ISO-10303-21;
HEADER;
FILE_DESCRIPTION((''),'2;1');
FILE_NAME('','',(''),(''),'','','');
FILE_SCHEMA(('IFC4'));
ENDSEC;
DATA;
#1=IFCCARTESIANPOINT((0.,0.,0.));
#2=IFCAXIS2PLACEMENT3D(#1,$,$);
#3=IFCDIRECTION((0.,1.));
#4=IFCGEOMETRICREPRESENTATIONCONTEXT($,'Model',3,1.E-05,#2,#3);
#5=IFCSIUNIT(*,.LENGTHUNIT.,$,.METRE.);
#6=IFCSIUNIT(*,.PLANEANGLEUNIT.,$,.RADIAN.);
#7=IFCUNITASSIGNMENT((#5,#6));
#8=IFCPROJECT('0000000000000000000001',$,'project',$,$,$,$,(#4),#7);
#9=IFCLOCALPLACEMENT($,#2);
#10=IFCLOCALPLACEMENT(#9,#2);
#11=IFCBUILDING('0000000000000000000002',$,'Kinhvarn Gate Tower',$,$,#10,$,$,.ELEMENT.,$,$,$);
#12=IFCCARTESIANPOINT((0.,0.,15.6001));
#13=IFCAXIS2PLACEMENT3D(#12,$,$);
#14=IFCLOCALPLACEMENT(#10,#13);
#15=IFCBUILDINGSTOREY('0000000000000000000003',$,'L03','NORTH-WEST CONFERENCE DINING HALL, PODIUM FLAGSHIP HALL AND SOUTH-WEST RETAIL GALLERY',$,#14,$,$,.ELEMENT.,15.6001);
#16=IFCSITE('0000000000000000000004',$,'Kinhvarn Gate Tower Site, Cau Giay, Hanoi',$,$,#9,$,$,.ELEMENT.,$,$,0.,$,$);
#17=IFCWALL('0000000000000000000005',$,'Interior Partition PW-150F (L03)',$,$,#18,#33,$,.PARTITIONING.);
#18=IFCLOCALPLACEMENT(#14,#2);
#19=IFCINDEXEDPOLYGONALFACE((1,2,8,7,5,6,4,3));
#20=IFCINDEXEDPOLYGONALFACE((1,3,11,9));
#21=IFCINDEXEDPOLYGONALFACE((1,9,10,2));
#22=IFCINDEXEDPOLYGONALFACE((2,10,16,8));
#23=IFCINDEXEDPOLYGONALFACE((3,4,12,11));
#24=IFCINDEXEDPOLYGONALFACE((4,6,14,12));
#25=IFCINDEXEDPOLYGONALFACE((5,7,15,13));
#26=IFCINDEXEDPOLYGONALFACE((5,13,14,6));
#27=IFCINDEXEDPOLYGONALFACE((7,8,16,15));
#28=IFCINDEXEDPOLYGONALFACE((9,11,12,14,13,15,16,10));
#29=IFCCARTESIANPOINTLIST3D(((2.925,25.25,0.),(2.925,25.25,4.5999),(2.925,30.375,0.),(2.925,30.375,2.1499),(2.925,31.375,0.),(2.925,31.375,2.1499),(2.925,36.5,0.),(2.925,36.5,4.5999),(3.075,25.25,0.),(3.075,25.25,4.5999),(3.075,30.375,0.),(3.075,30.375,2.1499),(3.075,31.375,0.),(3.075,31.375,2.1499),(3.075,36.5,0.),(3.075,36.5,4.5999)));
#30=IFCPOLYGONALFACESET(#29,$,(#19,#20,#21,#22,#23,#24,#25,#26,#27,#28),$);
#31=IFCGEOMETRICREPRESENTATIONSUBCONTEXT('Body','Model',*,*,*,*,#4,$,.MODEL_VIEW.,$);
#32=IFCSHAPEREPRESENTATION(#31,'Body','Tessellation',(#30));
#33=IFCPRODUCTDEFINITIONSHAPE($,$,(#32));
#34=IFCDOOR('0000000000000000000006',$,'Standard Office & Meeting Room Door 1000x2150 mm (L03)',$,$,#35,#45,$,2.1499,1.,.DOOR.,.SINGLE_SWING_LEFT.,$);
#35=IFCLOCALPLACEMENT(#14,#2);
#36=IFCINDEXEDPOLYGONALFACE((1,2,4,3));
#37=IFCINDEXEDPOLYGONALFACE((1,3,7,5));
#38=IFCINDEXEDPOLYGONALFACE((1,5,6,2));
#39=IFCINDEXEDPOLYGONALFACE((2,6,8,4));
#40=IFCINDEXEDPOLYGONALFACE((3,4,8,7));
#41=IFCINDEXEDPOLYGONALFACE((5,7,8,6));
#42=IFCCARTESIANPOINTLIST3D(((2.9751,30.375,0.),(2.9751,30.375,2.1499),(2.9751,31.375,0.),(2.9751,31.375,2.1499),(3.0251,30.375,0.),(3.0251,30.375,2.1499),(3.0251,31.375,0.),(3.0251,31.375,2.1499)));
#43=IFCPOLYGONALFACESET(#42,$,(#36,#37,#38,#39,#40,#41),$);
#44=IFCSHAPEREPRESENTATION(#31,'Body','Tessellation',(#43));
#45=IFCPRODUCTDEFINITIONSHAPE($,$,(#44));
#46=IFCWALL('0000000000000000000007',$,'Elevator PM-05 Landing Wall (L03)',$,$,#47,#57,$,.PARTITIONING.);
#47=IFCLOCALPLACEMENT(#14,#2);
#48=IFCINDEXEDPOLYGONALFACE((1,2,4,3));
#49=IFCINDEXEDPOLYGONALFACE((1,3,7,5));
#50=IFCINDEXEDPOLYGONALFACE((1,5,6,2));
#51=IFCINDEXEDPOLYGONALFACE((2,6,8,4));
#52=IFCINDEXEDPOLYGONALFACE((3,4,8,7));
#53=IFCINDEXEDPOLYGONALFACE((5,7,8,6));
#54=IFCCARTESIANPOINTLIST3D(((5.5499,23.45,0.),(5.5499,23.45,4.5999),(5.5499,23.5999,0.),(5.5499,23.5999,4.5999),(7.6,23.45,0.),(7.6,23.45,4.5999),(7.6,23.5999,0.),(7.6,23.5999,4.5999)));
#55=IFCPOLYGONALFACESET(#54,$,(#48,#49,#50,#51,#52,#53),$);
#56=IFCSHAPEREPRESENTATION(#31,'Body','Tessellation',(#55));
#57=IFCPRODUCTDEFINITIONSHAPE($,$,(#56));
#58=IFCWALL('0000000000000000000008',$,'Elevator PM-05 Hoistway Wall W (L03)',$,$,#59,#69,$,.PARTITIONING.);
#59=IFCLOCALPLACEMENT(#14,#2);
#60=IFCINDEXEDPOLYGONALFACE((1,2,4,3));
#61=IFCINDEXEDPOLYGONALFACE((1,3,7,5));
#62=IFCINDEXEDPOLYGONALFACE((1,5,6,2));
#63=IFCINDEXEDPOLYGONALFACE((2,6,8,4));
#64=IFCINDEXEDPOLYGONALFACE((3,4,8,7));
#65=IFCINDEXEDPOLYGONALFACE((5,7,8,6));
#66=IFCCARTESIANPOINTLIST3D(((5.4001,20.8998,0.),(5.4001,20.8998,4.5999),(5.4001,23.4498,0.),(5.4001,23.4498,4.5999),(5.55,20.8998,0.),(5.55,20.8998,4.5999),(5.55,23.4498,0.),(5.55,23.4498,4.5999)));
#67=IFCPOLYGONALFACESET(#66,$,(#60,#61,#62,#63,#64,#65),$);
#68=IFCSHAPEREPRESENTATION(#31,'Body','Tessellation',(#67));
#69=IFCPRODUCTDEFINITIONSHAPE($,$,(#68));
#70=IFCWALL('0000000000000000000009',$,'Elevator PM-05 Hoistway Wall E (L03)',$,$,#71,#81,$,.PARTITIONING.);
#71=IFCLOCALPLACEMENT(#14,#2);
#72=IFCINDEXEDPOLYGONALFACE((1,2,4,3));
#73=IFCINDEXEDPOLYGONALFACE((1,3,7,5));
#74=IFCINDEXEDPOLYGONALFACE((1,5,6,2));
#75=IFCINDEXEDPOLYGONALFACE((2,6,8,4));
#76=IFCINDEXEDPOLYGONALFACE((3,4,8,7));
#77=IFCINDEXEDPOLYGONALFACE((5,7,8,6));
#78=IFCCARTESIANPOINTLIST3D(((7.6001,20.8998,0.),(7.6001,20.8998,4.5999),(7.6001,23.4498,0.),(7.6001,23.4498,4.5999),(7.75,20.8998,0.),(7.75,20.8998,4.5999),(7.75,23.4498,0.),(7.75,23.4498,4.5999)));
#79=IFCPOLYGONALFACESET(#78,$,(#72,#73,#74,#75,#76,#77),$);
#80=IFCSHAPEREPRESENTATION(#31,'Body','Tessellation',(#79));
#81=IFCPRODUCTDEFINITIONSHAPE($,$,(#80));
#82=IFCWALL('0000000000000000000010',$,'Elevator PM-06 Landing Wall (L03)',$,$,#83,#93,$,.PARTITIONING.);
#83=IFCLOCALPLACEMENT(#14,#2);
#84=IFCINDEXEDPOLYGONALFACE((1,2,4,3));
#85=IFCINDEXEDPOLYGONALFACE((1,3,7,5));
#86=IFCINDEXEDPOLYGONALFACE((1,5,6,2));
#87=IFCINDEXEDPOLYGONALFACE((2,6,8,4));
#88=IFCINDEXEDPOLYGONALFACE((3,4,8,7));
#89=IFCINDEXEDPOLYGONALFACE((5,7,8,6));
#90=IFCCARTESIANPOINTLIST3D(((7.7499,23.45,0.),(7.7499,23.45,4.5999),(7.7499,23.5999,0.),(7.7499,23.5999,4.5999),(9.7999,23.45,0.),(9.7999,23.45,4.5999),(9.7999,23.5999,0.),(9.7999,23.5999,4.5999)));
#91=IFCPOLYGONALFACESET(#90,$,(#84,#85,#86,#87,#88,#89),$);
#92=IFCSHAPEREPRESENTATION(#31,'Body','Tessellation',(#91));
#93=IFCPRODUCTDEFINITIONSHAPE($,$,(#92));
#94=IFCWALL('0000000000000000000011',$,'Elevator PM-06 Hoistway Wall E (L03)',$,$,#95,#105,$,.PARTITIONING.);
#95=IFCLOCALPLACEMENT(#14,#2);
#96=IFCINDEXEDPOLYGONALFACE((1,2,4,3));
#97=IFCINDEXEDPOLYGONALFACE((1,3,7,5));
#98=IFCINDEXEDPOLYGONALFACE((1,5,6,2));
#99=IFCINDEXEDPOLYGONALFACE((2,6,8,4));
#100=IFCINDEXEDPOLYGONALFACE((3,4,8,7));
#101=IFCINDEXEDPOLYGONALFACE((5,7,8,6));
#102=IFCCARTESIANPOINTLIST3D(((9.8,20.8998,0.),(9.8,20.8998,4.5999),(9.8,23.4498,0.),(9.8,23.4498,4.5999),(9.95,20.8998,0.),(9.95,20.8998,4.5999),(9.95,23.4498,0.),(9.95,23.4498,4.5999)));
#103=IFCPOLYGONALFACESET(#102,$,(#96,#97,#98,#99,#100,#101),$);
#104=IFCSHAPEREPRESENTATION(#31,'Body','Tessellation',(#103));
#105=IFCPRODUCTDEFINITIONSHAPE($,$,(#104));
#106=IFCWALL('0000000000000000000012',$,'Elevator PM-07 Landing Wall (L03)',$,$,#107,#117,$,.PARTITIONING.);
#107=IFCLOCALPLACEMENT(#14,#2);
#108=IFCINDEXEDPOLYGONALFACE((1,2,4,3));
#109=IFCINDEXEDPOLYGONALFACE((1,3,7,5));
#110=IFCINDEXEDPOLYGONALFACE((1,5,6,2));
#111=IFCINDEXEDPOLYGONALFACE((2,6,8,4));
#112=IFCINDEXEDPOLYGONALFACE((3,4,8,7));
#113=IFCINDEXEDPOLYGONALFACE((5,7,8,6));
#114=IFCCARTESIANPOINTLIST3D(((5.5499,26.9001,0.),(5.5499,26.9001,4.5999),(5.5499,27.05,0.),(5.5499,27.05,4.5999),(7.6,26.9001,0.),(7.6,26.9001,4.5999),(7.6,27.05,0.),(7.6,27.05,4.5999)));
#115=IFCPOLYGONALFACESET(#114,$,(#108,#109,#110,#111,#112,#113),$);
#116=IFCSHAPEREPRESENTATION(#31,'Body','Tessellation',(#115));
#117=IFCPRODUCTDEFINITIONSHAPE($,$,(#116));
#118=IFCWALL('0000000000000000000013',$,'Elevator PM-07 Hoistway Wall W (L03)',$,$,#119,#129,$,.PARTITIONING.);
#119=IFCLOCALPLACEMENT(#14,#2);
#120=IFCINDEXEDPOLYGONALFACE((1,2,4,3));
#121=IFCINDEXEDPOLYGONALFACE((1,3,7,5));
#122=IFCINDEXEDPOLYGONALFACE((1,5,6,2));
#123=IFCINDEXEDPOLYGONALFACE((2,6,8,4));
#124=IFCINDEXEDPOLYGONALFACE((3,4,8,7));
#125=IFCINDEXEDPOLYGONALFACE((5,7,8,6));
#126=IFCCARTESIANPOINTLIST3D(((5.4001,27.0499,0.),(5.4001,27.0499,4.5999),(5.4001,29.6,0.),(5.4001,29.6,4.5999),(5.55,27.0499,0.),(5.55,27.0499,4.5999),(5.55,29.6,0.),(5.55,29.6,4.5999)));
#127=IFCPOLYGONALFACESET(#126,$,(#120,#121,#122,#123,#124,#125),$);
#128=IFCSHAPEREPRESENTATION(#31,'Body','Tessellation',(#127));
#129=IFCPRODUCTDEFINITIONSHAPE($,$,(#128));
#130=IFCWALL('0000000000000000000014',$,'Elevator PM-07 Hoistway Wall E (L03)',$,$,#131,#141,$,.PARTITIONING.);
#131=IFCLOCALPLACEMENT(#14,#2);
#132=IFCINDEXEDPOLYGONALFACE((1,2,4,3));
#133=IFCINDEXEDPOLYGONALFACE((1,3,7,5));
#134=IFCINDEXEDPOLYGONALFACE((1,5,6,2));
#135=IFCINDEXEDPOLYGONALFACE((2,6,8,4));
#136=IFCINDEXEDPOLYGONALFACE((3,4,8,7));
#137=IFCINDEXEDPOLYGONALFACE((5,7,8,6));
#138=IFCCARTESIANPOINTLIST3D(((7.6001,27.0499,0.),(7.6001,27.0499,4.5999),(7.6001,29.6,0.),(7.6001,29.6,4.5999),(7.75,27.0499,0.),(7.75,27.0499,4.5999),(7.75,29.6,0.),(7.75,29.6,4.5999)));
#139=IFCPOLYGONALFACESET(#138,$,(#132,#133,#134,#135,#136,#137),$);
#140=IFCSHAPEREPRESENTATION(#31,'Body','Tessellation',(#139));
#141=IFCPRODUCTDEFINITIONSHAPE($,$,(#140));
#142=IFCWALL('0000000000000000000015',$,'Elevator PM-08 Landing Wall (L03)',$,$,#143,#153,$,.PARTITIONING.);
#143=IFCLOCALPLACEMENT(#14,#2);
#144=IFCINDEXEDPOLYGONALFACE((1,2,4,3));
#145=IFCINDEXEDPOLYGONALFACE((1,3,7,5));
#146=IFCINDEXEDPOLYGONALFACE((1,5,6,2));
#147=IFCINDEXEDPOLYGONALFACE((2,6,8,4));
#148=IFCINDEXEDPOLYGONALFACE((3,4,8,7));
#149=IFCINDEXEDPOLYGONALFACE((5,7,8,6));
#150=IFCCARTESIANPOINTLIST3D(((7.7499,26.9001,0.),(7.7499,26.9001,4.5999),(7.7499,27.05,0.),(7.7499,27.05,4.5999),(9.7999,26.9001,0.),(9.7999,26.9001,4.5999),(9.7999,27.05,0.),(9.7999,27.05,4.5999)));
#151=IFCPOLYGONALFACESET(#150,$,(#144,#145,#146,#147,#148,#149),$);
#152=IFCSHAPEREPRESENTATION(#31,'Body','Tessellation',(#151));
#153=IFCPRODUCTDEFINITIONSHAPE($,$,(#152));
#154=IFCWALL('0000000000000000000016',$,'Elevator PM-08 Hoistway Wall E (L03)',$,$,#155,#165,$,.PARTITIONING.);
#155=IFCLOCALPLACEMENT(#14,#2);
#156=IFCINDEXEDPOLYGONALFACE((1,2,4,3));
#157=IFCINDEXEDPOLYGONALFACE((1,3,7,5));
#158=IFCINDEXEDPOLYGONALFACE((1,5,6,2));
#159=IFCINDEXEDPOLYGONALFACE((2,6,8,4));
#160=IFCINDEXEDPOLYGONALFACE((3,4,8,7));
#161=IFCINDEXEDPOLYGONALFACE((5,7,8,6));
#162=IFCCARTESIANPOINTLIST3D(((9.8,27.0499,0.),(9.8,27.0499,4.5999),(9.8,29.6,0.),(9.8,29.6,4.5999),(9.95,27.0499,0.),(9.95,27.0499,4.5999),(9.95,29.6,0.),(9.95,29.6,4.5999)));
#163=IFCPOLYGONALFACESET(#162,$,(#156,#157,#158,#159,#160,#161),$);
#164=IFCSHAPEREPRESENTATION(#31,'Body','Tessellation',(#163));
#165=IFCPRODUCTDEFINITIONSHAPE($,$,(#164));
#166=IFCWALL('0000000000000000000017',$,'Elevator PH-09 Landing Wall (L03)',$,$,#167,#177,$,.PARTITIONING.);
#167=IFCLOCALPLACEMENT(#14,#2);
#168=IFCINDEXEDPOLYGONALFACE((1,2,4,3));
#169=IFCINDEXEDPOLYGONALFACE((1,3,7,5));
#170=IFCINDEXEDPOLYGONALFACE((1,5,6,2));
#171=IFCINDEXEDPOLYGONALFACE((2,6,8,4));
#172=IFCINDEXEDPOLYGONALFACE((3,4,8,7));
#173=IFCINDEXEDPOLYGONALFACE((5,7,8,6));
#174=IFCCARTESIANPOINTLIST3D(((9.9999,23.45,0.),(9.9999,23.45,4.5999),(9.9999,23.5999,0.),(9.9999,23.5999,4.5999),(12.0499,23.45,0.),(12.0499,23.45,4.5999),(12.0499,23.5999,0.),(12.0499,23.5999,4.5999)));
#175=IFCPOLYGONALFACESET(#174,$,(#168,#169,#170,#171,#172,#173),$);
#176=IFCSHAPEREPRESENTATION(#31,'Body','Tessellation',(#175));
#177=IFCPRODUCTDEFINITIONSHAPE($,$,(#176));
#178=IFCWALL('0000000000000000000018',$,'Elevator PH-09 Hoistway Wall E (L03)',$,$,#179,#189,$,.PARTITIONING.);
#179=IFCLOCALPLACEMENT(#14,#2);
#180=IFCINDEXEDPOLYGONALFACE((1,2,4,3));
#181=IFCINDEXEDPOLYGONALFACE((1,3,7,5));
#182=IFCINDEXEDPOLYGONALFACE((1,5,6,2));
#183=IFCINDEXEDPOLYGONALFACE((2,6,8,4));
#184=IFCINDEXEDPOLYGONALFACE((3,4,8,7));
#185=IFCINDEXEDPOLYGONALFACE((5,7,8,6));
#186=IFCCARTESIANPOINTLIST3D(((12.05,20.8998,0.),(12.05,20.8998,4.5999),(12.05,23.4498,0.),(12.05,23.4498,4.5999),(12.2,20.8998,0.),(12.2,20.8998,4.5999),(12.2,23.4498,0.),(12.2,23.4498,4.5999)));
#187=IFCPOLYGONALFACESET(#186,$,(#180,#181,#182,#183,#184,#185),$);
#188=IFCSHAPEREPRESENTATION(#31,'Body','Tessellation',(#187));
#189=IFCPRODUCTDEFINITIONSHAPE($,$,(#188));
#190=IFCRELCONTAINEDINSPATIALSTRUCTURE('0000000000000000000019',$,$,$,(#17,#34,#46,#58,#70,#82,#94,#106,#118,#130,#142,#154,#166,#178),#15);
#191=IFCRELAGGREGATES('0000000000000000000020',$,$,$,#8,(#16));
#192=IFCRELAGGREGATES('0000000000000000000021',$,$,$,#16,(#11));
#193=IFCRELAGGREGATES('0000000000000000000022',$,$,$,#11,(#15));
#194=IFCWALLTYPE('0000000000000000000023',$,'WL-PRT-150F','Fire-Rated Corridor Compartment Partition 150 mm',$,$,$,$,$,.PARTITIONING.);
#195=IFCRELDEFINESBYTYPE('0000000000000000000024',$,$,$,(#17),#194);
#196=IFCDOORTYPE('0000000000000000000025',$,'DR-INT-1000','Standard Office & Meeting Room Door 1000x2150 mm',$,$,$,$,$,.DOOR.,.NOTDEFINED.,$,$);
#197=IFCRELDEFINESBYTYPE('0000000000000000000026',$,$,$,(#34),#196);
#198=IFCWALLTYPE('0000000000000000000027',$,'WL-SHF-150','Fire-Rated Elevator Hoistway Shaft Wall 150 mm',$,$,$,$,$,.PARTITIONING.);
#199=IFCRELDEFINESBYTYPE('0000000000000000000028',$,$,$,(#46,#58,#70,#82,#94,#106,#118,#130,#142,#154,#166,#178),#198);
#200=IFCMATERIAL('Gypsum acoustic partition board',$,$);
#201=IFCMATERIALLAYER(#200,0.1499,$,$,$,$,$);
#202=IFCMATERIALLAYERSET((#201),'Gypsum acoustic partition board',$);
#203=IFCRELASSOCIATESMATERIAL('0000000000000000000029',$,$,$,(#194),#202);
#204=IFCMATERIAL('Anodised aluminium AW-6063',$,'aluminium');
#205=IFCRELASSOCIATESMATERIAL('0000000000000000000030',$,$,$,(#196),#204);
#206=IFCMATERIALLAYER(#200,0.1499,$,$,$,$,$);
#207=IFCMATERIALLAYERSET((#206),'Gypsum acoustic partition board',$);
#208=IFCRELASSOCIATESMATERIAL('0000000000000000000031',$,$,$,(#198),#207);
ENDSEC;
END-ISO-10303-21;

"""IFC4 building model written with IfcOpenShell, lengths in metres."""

from ifc_helpers import new_model, si_unit, direction, frame, frame_2d, origin, place, context, subcontext, project, spatial, rectangle, extrude, material, layer, layer_set, type_object, element, fill, save


model = new_model("IFC4")

# Units and contexts
model_context = context("Model", 3, precision=1e-05, world=origin(), true_north=direction((0.0, 1.0)))
body_context = subcontext(model_context, "Body", "Model", "MODEL_VIEW")
ifc_project = project(units=[si_unit("LENGTHUNIT", "METRE"), si_unit("PLANEANGLEUNIT", "RADIAN")], contexts=[model_context])

# Site, building, storey
site_placement = place(None, origin())
site = spatial("IfcSite", under=ifc_project, at=site_placement, Name="Kinhvarn Gate Tower Site, Cau Giay, Hanoi", CompositionType="ELEMENT", RefElevation=0.0)
building_placement = place(site_placement, origin())
building = spatial("IfcBuilding", under=site, at=building_placement, Name="Kinhvarn Gate Tower", CompositionType="ELEMENT")
storey_placement = place(building_placement, frame((0.0, 0.0, 15.6001)))
storey = spatial("IfcBuildingStorey", under=building, at=storey_placement, Name="L03", Description="NORTH-WEST CONFERENCE DINING HALL, PODIUM FLAGSHIP HALL AND SOUTH-WEST RETAIL GALLERY", CompositionType="ELEMENT", Elevation=15.6001)

# Shared definitions
ifc_material_1 = material(Name="Gypsum acoustic partition board")

# Wall, opening, door
ifc_layer_1 = layer(ifc_material_1, 0.1499)
ifc_layer_set_1 = layer_set([ifc_layer_1], Name="Gypsum acoustic partition board")
wall_type_1 = type_object("IfcWallType", Name="WL-PRT-150F", Description="Fire-Rated Corridor Compartment Partition 150 mm", PredefinedType="PARTITIONING", material=ifc_layer_set_1)
wall_1_placement = place(storey_placement, frame((3.0, 25.25, 0.0), z_axis=(0.0, 0.0, 1.0), x_axis=(0.0, 1.0, 0.0)))
wall_1 = element("IfcWall", 1, at=wall_1_placement, inside=storey, type_object=wall_type_1, Name="Interior Partition PW-150F (L03)", PredefinedType="PARTITIONING", context=body_context, shape_type="SweptSolid", body=[
    extrude(rectangle(XDim=11.25, YDim=0.1499, at=frame_2d((5.625, 0.0))), origin(), (0.0, 0.0, 1.0), 4.5999),
])
opening_placement = place(wall_1_placement, frame((5.125, 0.0, 0.0)))
opening = element("IfcOpeningElement", 2, at=opening_placement, cuts=wall_1, PredefinedType="OPENING", context=body_context, shape_type="SweptSolid", body=[
    extrude(rectangle(XDim=1.0, YDim=2.1499, at=frame_2d((0.5, 1.075))), frame((0.0, 0.085, 0.0), z_axis=(0.0, -1.0, 0.0), x_axis=(1.0, 0.0, 0.0)), (0.0, 0.0, 1.0), 0.1699),
])
ifc_material_2 = material(Name="Anodised aluminium AW-6063", Category="aluminium")
door_type = type_object("IfcDoorType", Name="DR-INT-1000", Description="Standard Office & Meeting Room Door 1000x2150 mm", OperationType="NOTDEFINED", PredefinedType="DOOR", material=ifc_material_2)
door_placement = place(opening_placement, origin())
door = element("IfcDoor", 3, at=door_placement, inside=storey, type_object=door_type, Name="Standard Office & Meeting Room Door 1000x2150 mm (L03)", OperationType="SINGLE_SWING_LEFT", OverallHeight=2.1499, OverallWidth=1.0, PredefinedType="DOOR", context=body_context, shape_type="SweptSolid", body=[
    extrude(rectangle(XDim=1.0, YDim=2.1499, at=frame_2d((0.5, 1.075))), frame((0.0, 0.0249, 0.0), z_axis=(0.0, -1.0, 0.0), x_axis=(1.0, 0.0, 0.0)), (0.0, 0.0, 1.0), 0.05),
])
fill(opening, door)

# Walls
ifc_layer_2 = layer(ifc_material_1, 0.1499)
ifc_layer_set_2 = layer_set([ifc_layer_2], Name="Gypsum acoustic partition board")
wall_type_2 = type_object("IfcWallType", Name="WL-SHF-150", Description="Fire-Rated Elevator Hoistway Shaft Wall 150 mm", PredefinedType="PARTITIONING", material=ifc_layer_set_2)
wall_2_placement = place(storey_placement, frame((5.55, 23.5249, 0.0), z_axis=(0.0, 0.0, 1.0), x_axis=(1.0, 0.0, 0.0)))
element("IfcWall", 4, at=wall_2_placement, inside=storey, type_object=wall_type_2, Name="Elevator PM-05 Landing Wall (L03)", PredefinedType="PARTITIONING", context=body_context, shape_type="SweptSolid", body=[
    extrude(rectangle(XDim=2.05, YDim=0.1499, at=frame_2d((1.0249, 0.0))), origin(), (0.0, 0.0, 1.0), 4.5999),
])
for number, where, z_axis, x_axis, name in (
    (5, (5.4751, 20.8999, 0.0), (0.0, 0.0, 1.0), (0.0, 1.0, 0.0), "Elevator PM-05 Hoistway Wall W (L03)"),
    (6, (7.675, 20.8999, 0.0), (0.0, 0.0, 1.0), (0.0, 1.0, 0.0), "Elevator PM-05 Hoistway Wall E (L03)"),
):
    element("IfcWall", number, at=place(storey_placement, frame(where, z_axis=z_axis, x_axis=x_axis)), inside=storey, type_object=wall_type_2, Name=name, PredefinedType="PARTITIONING", context=body_context, shape_type="SweptSolid", body=[
        extrude(rectangle(XDim=2.55, YDim=0.1499, at=frame_2d((1.2749, 0.0))), origin(), (0.0, 0.0, 1.0), 4.5999),
    ])
wall_3_placement = place(storey_placement, frame((7.75, 23.5249, 0.0), z_axis=(0.0, 0.0, 1.0), x_axis=(1.0, 0.0, 0.0)))
element("IfcWall", 7, at=wall_3_placement, inside=storey, type_object=wall_type_2, Name="Elevator PM-06 Landing Wall (L03)", PredefinedType="PARTITIONING", context=body_context, shape_type="SweptSolid", body=[
    extrude(rectangle(XDim=2.05, YDim=0.1499, at=frame_2d((1.0249, 0.0))), origin(), (0.0, 0.0, 1.0), 4.5999),
])
wall_4_placement = place(storey_placement, frame((9.875, 20.8999, 0.0), z_axis=(0.0, 0.0, 1.0), x_axis=(0.0, 1.0, 0.0)))
element("IfcWall", 8, at=wall_4_placement, inside=storey, type_object=wall_type_2, Name="Elevator PM-06 Hoistway Wall E (L03)", PredefinedType="PARTITIONING", context=body_context, shape_type="SweptSolid", body=[
    extrude(rectangle(XDim=2.55, YDim=0.1499, at=frame_2d((1.2749, 0.0))), origin(), (0.0, 0.0, 1.0), 4.5999),
])
wall_5_placement = place(storey_placement, frame((5.55, 26.9751, 0.0), z_axis=(0.0, 0.0, 1.0), x_axis=(1.0, 0.0, 0.0)))
element("IfcWall", 9, at=wall_5_placement, inside=storey, type_object=wall_type_2, Name="Elevator PM-07 Landing Wall (L03)", PredefinedType="PARTITIONING", context=body_context, shape_type="SweptSolid", body=[
    extrude(rectangle(XDim=2.05, YDim=0.1499, at=frame_2d((1.0249, 0.0))), origin(), (0.0, 0.0, 1.0), 4.5999),
])
for number, where, z_axis, x_axis, name in (
    (10, (5.4751, 27.05, 0.0), (0.0, 0.0, 1.0), (0.0, 1.0, 0.0), "Elevator PM-07 Hoistway Wall W (L03)"),
    (11, (7.675, 27.05, 0.0), (0.0, 0.0, 1.0), (0.0, 1.0, 0.0), "Elevator PM-07 Hoistway Wall E (L03)"),
):
    element("IfcWall", number, at=place(storey_placement, frame(where, z_axis=z_axis, x_axis=x_axis)), inside=storey, type_object=wall_type_2, Name=name, PredefinedType="PARTITIONING", context=body_context, shape_type="SweptSolid", body=[
        extrude(rectangle(XDim=2.55, YDim=0.1499, at=frame_2d((1.2749, 0.0))), origin(), (0.0, 0.0, 1.0), 4.5999),
    ])
wall_6_placement = place(storey_placement, frame((7.75, 26.9751, 0.0), z_axis=(0.0, 0.0, 1.0), x_axis=(1.0, 0.0, 0.0)))
element("IfcWall", 12, at=wall_6_placement, inside=storey, type_object=wall_type_2, Name="Elevator PM-08 Landing Wall (L03)", PredefinedType="PARTITIONING", context=body_context, shape_type="SweptSolid", body=[
    extrude(rectangle(XDim=2.05, YDim=0.1499, at=frame_2d((1.0249, 0.0))), origin(), (0.0, 0.0, 1.0), 4.5999),
])
wall_7_placement = place(storey_placement, frame((9.875, 27.05, 0.0), z_axis=(0.0, 0.0, 1.0), x_axis=(0.0, 1.0, 0.0)))
element("IfcWall", 13, at=wall_7_placement, inside=storey, type_object=wall_type_2, Name="Elevator PM-08 Hoistway Wall E (L03)", PredefinedType="PARTITIONING", context=body_context, shape_type="SweptSolid", body=[
    extrude(rectangle(XDim=2.55, YDim=0.1499, at=frame_2d((1.2749, 0.0))), origin(), (0.0, 0.0, 1.0), 4.5999),
])
wall_8_placement = place(storey_placement, frame((10.0, 23.5249, 0.0), z_axis=(0.0, 0.0, 1.0), x_axis=(1.0, 0.0, 0.0)))
element("IfcWall", 14, at=wall_8_placement, inside=storey, type_object=wall_type_2, Name="Elevator PH-09 Landing Wall (L03)", PredefinedType="PARTITIONING", context=body_context, shape_type="SweptSolid", body=[
    extrude(rectangle(XDim=2.05, YDim=0.1499, at=frame_2d((1.0249, 0.0))), origin(), (0.0, 0.0, 1.0), 4.5999),
])
wall_9_placement = place(storey_placement, frame((12.125, 20.8999, 0.0), z_axis=(0.0, 0.0, 1.0), x_axis=(0.0, 1.0, 0.0)))
element("IfcWall", 15, at=wall_9_placement, inside=storey, type_object=wall_type_2, Name="Elevator PH-09 Hoistway Wall E (L03)", PredefinedType="PARTITIONING", context=body_context, shape_type="SweptSolid", body=[
    extrude(rectangle(XDim=2.55, YDim=0.1499, at=frame_2d((1.2749, 0.0))), origin(), (0.0, 0.0, 1.0), 4.5999),
])

save(model, "model.ifc")
